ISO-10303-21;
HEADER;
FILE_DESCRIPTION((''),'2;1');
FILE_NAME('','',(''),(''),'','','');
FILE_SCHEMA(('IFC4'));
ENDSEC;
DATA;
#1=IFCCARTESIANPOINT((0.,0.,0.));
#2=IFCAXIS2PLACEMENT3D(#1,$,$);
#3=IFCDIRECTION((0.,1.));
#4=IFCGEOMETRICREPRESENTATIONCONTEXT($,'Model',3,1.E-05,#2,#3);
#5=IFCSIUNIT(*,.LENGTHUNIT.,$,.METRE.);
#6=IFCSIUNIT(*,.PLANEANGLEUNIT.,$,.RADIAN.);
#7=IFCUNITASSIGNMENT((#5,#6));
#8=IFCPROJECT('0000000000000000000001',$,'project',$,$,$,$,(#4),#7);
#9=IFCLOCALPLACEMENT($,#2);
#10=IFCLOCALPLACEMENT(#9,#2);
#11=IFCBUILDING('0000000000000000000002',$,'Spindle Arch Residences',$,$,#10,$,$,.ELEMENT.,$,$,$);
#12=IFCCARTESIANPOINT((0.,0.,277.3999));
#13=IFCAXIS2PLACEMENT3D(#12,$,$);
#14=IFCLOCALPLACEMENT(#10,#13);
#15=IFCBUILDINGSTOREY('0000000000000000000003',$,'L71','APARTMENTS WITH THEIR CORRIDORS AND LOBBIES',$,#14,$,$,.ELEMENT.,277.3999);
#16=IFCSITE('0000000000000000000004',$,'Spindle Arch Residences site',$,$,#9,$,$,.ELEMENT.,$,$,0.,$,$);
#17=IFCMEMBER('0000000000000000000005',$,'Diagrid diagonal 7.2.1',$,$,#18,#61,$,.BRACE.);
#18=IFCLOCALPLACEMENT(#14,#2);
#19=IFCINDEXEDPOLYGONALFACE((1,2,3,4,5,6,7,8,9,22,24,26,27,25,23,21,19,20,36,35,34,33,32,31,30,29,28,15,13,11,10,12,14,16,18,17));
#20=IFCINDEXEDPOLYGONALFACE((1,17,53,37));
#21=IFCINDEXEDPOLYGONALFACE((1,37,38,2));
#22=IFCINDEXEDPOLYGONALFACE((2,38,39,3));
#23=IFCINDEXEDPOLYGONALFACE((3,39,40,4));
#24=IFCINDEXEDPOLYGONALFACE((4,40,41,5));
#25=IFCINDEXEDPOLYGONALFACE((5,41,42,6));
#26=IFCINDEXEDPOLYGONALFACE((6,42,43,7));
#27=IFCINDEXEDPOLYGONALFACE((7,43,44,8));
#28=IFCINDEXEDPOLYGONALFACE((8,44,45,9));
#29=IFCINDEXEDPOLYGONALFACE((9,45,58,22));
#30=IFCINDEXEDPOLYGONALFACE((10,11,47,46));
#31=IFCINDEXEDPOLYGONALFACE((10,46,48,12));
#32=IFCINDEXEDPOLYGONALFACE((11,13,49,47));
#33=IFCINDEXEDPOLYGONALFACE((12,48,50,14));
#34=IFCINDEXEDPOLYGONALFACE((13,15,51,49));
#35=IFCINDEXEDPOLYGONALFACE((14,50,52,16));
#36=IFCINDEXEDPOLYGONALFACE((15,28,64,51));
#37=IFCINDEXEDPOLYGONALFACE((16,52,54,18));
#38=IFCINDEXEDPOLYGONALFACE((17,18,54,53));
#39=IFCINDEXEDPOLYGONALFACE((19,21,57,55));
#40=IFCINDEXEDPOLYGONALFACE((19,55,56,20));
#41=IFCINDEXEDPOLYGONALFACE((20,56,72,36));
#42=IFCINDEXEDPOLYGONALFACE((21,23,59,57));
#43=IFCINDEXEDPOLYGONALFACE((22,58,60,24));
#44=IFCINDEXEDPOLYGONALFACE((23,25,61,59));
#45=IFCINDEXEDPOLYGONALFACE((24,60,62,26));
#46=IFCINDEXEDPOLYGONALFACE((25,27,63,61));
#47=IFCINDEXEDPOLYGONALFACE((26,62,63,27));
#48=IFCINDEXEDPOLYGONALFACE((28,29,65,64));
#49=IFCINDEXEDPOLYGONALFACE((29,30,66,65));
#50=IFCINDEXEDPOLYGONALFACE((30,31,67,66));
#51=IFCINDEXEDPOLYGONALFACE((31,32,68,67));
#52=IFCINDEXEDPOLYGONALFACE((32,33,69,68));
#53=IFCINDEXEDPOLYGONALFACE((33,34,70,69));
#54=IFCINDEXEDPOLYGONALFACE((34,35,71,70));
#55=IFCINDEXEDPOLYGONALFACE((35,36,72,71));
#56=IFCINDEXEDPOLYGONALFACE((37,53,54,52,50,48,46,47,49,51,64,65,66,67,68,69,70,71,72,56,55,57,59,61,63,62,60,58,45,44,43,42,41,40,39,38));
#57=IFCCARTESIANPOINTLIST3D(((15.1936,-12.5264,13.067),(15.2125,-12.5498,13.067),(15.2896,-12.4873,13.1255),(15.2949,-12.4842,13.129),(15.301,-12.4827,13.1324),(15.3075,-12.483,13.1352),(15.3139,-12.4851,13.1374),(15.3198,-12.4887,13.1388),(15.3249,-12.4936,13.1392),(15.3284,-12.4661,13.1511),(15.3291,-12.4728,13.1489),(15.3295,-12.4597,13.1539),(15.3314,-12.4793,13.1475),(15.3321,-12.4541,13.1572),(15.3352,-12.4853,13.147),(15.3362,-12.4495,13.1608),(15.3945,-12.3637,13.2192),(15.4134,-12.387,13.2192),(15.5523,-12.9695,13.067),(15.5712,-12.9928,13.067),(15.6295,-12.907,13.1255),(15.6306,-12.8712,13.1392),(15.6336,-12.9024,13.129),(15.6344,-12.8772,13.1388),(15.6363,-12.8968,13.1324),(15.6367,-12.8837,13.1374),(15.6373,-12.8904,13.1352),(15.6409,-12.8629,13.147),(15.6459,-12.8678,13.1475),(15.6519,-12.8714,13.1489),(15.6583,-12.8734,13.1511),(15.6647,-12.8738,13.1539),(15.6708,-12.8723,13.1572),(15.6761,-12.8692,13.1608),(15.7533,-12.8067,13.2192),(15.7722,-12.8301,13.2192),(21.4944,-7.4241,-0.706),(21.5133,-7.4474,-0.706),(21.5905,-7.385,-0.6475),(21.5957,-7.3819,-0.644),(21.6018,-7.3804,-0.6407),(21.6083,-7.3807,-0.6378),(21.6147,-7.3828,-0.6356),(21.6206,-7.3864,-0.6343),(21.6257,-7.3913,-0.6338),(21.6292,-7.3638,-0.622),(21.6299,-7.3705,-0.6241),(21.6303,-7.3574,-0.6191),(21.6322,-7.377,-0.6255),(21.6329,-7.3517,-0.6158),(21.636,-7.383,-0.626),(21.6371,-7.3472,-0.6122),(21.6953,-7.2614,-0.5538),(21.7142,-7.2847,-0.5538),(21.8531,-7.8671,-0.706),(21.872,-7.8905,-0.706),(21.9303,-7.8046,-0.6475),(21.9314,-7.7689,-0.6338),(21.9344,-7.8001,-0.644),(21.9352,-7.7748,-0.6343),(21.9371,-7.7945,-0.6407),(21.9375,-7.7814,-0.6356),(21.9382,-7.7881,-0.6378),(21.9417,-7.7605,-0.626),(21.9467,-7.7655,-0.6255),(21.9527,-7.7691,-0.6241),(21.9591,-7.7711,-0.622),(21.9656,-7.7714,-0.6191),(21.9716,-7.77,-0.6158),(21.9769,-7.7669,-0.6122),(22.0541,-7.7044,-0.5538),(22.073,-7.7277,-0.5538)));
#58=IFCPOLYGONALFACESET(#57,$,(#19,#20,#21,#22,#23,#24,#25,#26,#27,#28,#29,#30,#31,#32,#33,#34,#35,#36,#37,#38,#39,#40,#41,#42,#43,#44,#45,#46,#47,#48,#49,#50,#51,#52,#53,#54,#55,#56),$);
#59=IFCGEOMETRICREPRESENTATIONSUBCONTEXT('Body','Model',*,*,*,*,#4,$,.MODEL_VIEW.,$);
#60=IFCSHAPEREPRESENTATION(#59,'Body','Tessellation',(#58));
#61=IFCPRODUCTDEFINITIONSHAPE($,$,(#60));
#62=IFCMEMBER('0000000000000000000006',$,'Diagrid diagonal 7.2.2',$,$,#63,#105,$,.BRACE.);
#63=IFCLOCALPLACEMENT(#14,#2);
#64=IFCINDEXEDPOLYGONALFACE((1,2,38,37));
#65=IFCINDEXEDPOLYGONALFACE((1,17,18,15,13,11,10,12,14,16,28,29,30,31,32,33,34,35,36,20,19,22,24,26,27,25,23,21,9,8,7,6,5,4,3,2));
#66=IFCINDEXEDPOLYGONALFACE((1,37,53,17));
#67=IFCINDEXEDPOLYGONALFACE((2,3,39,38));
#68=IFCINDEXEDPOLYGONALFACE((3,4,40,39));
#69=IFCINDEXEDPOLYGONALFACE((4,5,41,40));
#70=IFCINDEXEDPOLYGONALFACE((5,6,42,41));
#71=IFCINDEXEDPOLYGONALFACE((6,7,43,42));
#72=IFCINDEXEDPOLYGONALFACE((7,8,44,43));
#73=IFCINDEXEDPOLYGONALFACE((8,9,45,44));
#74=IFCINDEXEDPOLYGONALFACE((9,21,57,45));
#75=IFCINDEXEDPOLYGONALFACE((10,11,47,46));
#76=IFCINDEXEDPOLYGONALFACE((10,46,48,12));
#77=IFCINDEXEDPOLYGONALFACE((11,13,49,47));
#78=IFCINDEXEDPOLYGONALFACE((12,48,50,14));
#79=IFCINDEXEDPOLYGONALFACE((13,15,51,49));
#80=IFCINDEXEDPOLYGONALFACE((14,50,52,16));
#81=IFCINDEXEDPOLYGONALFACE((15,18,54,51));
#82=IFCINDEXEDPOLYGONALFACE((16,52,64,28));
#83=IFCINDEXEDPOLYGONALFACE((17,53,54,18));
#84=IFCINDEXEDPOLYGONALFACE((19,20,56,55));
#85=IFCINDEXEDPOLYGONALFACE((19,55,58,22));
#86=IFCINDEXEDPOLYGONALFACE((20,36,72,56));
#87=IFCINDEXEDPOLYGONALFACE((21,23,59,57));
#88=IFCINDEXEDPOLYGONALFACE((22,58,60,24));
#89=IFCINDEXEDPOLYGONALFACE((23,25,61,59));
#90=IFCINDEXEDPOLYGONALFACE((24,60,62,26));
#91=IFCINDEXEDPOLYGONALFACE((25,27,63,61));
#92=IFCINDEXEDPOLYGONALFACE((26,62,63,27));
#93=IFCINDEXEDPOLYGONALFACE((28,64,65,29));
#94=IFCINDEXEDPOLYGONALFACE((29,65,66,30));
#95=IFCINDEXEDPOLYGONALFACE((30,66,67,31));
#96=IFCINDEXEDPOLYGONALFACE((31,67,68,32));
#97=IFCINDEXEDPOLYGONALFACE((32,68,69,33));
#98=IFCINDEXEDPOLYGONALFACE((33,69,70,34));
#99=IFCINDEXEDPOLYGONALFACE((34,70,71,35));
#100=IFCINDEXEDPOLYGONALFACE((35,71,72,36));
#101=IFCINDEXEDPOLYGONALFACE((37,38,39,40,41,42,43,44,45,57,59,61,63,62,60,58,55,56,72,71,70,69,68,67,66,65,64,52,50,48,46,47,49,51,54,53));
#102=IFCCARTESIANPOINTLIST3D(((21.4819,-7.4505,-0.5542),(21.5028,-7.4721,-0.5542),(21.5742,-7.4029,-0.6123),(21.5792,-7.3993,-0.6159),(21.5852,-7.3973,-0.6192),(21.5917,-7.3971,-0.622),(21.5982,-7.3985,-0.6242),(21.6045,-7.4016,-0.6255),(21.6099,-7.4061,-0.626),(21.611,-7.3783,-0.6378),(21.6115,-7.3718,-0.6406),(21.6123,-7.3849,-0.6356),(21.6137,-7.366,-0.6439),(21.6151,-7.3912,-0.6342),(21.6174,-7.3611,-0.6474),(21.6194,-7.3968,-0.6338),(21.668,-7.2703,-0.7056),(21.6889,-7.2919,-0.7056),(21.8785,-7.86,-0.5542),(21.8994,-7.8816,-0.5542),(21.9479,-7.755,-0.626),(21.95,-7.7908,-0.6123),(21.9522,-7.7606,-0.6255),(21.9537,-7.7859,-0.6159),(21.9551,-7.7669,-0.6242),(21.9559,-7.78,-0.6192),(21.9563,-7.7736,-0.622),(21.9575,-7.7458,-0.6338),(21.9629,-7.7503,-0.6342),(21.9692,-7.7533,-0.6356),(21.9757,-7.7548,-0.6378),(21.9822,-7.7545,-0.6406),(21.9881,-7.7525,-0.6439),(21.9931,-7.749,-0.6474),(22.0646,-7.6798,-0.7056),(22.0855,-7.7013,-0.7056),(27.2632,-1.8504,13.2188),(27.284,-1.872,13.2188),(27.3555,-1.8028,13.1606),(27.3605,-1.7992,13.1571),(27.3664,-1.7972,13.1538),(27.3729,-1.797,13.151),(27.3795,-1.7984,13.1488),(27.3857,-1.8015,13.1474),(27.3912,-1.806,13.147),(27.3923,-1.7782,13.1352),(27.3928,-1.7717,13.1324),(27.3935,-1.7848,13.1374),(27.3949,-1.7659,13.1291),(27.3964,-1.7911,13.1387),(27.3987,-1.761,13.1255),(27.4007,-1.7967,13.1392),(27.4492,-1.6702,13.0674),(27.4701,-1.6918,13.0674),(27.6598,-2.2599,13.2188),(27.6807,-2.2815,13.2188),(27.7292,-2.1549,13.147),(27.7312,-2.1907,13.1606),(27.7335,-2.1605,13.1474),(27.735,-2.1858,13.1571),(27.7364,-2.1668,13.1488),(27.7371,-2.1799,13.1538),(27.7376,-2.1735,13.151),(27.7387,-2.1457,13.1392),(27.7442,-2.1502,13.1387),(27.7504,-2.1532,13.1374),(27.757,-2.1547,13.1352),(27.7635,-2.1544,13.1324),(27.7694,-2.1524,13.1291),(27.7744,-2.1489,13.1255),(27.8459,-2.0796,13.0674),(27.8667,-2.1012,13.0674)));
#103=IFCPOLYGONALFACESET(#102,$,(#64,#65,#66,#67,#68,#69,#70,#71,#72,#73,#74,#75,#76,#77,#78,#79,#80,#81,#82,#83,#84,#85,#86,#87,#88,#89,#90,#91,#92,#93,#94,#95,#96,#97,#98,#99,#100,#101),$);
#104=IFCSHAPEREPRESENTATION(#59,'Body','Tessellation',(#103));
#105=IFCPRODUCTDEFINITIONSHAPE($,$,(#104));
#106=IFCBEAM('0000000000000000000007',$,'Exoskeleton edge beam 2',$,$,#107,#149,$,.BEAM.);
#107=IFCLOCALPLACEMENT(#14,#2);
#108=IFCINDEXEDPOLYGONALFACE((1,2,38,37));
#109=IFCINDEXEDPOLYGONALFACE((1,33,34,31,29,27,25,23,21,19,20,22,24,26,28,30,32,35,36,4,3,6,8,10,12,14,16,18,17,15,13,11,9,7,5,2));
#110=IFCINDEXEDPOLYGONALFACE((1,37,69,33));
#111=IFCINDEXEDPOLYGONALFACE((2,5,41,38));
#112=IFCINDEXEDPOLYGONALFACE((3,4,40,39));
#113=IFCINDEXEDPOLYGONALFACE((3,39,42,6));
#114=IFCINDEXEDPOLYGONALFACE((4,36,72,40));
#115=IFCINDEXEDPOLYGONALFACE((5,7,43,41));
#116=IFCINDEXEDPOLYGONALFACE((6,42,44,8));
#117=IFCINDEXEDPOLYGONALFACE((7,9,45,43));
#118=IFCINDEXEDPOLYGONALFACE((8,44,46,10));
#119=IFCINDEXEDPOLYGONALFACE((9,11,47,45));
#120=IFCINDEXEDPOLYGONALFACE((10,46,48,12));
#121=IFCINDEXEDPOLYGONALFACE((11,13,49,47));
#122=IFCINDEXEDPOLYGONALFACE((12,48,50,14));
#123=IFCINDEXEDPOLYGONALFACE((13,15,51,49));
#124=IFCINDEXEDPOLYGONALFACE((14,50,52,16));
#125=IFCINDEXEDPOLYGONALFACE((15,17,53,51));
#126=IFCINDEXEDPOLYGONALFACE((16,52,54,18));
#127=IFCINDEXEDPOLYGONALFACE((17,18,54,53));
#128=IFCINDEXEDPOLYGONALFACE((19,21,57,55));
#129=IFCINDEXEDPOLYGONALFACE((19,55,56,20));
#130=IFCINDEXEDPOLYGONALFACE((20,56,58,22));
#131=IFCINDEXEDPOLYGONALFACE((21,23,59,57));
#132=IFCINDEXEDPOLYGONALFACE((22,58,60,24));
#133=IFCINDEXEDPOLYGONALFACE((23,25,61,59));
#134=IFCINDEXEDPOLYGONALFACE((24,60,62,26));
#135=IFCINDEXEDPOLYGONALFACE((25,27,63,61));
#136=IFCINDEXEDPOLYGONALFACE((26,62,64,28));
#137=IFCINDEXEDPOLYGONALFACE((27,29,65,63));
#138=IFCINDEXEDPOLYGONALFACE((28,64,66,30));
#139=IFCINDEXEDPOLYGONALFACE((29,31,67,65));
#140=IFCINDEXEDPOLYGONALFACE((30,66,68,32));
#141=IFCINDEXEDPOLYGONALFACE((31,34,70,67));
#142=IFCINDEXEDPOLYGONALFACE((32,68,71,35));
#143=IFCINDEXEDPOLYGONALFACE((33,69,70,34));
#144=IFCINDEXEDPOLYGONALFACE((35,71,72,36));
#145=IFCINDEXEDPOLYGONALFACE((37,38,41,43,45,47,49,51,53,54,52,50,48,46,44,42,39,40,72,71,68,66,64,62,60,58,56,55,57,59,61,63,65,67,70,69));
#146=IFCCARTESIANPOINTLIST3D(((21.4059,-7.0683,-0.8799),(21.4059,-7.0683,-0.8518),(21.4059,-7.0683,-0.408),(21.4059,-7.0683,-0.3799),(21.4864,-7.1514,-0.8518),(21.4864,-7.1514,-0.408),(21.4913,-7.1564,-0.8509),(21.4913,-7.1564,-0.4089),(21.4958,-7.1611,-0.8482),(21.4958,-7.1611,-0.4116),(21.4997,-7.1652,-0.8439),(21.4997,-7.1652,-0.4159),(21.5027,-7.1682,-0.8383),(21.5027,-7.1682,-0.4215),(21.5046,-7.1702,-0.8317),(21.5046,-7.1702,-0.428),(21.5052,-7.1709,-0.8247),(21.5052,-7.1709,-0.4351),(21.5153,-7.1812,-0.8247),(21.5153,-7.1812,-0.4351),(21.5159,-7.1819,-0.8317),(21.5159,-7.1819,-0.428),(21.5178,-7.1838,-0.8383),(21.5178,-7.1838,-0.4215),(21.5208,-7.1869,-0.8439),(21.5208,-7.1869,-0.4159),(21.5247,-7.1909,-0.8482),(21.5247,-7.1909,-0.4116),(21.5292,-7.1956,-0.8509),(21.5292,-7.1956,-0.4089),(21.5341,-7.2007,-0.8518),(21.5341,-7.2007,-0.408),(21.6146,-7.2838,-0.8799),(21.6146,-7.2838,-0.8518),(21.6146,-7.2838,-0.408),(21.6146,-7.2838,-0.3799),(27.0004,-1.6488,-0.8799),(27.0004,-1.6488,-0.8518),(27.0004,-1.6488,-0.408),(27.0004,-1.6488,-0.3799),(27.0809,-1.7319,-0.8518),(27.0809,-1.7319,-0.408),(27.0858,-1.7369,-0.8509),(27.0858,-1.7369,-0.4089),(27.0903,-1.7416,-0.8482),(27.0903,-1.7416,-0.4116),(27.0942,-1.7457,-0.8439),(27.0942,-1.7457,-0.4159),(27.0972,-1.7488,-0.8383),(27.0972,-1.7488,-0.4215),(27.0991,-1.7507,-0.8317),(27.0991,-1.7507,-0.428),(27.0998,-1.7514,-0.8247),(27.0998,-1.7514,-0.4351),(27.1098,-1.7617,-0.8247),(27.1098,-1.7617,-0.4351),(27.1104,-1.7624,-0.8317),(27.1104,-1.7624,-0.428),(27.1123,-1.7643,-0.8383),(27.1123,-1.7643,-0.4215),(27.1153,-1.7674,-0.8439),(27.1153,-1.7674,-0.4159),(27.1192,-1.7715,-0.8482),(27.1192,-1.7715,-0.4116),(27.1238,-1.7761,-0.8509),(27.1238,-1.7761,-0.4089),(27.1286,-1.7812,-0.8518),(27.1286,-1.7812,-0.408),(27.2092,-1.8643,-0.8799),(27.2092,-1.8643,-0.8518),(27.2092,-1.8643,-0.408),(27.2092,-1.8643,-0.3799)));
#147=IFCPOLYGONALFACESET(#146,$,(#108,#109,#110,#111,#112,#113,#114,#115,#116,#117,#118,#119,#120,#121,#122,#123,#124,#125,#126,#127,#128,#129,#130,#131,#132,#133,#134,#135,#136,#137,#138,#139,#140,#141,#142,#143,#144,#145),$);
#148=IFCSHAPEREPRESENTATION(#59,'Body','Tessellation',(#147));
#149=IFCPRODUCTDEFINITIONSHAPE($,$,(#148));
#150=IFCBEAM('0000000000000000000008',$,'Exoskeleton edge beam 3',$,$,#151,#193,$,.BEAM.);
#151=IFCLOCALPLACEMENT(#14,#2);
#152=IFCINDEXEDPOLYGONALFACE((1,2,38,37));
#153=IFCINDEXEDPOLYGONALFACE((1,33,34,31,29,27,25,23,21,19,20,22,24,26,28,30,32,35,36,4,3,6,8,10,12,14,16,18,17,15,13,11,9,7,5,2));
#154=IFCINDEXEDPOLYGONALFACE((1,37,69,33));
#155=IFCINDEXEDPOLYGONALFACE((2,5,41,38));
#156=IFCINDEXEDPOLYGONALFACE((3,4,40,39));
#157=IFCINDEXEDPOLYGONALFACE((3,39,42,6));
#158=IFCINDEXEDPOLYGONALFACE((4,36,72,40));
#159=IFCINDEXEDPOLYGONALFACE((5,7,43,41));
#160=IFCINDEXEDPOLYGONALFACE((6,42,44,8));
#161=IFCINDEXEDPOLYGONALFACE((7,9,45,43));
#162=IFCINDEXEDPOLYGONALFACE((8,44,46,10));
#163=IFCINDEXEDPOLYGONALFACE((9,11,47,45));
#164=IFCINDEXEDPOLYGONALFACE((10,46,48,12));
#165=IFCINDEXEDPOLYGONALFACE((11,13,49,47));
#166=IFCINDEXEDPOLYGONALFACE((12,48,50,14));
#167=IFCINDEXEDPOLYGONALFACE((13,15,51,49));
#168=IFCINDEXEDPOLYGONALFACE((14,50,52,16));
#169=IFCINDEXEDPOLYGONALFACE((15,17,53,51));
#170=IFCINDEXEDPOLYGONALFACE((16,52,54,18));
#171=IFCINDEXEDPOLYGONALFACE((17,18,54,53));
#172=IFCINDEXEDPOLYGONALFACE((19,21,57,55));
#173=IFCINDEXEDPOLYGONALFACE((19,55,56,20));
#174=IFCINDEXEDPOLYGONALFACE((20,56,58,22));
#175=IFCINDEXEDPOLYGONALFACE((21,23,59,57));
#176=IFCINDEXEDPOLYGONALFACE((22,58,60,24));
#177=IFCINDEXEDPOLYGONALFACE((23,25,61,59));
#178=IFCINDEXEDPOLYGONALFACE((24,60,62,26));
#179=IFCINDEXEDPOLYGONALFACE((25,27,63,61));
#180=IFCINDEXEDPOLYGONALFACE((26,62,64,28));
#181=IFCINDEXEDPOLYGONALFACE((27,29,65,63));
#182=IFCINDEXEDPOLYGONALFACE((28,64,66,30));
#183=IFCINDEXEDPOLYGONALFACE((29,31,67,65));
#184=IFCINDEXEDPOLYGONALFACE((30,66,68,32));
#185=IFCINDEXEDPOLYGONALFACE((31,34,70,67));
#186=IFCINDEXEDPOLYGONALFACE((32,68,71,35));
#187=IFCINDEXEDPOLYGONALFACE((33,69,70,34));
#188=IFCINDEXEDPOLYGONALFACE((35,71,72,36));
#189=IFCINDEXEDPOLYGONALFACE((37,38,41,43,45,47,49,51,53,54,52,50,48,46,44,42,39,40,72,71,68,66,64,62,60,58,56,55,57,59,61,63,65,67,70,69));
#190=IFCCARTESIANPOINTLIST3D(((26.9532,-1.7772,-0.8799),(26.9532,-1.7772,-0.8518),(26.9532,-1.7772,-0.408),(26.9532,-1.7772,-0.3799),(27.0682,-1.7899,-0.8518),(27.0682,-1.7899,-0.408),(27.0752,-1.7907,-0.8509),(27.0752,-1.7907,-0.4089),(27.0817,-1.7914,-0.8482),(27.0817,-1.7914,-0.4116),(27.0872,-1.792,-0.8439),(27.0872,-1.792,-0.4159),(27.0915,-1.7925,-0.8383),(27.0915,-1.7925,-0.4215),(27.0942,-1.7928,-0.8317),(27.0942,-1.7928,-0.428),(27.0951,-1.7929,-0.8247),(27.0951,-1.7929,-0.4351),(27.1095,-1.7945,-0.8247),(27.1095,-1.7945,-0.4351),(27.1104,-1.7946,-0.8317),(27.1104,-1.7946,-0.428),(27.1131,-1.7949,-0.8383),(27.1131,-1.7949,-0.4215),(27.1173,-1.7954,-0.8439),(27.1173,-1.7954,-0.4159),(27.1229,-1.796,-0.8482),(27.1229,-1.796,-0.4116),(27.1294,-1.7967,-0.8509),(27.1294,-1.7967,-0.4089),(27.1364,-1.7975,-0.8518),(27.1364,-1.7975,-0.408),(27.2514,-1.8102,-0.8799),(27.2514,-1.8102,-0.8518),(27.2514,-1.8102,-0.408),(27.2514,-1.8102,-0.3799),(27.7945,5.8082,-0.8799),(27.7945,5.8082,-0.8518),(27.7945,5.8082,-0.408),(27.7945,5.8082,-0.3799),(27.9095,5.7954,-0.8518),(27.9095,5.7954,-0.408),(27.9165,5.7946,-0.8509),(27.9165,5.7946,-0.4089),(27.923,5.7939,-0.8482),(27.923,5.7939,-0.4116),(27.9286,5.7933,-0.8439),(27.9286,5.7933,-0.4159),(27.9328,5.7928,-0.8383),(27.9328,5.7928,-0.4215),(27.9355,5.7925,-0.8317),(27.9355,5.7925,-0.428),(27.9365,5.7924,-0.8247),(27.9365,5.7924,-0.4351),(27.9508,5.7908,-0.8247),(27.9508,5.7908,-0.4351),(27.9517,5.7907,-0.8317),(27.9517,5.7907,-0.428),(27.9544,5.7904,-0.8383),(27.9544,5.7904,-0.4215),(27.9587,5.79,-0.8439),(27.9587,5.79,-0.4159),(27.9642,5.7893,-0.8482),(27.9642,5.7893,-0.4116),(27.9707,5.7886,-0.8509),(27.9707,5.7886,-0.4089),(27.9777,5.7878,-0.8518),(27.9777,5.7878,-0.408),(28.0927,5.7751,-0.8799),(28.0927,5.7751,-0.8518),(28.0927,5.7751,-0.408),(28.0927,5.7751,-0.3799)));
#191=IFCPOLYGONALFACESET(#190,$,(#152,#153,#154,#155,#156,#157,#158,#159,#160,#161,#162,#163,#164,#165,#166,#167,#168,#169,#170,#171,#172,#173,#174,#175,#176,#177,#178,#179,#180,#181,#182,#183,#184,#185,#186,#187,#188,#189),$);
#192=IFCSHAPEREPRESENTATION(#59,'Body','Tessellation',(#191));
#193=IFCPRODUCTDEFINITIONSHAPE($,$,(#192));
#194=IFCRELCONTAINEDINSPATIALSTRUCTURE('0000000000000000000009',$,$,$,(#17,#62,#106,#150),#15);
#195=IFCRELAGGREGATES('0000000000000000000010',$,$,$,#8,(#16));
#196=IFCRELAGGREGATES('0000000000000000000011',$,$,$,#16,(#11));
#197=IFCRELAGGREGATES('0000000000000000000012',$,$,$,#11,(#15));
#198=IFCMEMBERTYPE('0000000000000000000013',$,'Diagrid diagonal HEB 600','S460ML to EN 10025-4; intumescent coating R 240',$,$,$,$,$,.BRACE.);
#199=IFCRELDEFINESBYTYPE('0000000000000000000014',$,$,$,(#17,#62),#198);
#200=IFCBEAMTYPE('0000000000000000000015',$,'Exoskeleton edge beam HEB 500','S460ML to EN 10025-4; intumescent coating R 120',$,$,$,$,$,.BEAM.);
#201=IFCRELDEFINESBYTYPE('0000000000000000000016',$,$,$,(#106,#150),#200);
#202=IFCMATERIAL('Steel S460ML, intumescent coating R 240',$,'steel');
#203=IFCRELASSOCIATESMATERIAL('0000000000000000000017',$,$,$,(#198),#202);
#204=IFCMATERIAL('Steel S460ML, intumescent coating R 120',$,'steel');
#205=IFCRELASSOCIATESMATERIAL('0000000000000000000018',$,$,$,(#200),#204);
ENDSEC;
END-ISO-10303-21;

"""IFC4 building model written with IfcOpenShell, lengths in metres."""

from ifc_helpers import new_model, si_unit, direction, frame, origin, origin_2d, place, context, subcontext, project, spatial, i_section, extrude, material, material_profile, profile_set, type_object, element, save


model = new_model("IFC4")

# Units and contexts
model_context = context("Model", 3, precision=1e-05, world=origin(), true_north=direction((0.0, 1.0)))
body_context = subcontext(model_context, "Body", "Model", "MODEL_VIEW")
ifc_project = project(units=[si_unit("LENGTHUNIT", "METRE"), si_unit("PLANEANGLEUNIT", "RADIAN")], contexts=[model_context])

# Site, building, storey
site_placement = place(None, origin())
site = spatial("IfcSite", under=ifc_project, at=site_placement, Name="Spindle Arch Residences site", CompositionType="ELEMENT", RefElevation=0.0)
building_placement = place(site_placement, origin())
building = spatial("IfcBuilding", under=site, at=building_placement, Name="Spindle Arch Residences", CompositionType="ELEMENT")
storey_placement = place(building_placement, frame((0.0, 0.0, 277.3999)))
storey = spatial("IfcBuildingStorey", under=building, at=storey_placement, Name="L71", Description="APARTMENTS WITH THEIR CORRIDORS AND LOBBIES", CompositionType="ELEMENT", Elevation=277.3999)

# Members
ifc_material_1 = material(Name="Steel S460ML, intumescent coating R 240", Category="steel")
ifc_material_profile_1 = material_profile(ifc_material_1, i_section(OverallWidth=0.3, OverallDepth=0.6001, WebThickness=0.0154, FlangeThickness=0.03, FilletRadius=0.0271, at=origin_2d()), Name="HEB 600")
ifc_profile_set_1 = profile_set([ifc_material_profile_1], Name="Steel S460ML, intumescent coating R 240")
member_type_1 = type_object("IfcMemberType", Name="Diagrid diagonal HEB 600", Description="S460ML to EN 10025-4; intumescent coating R 240", PredefinedType="BRACE", material=ifc_profile_set_1)
member_1_placement = place(storey_placement, frame((21.7837, -7.5759, -0.6299), z_axis=(-0.39424, -0.319251, 0.861774), x_axis=(0.669723, 0.542333, 0.507293)))
element("IfcMember", 1, at=member_1_placement, inside=storey, type_object=member_type_1, Name="Diagrid diagonal 7.2.1", PredefinedType="BRACE", context=body_context, shape_type="SweptSolid", body=[
    extrude(i_section(OverallWidth=0.3, OverallDepth=0.6001, WebThickness=0.0154, FlangeThickness=0.03, FilletRadius=0.0271, at=origin_2d()), origin(), (0.0, 0.0, 1.0), 15.9822),
])
member_2_placement = place(storey_placement, frame((21.7837, -7.5759, -0.6299), z_axis=(0.362407, 0.351051, 0.86338), x_axis=(-0.62014, -0.600708, 0.504555)))
element("IfcMember", 2, at=member_2_placement, inside=storey, type_object=member_type_1, Name="Diagrid diagonal 7.2.2", PredefinedType="BRACE", context=body_context, shape_type="SweptSolid", body=[
    extrude(i_section(OverallWidth=0.3, OverallDepth=0.6001, WebThickness=0.0154, FlangeThickness=0.03, FilletRadius=0.0271, at=origin_2d()), origin(), (0.0, 0.0, 1.0), 15.9524),
])

# Beams
ifc_material_2 = material(Name="Steel S460ML, intumescent coating R 120", Category="steel")
ifc_material_profile_2 = material_profile(ifc_material_2, i_section(OverallWidth=0.3, OverallDepth=0.5, WebThickness=0.0144, FlangeThickness=0.0281, FilletRadius=0.0271, at=origin_2d()), Name="HEB 500")
ifc_profile_set_2 = profile_set([ifc_material_profile_2], Name="Steel S460ML, intumescent coating R 120")
beam_type_1 = type_object("IfcBeamType", Name="Exoskeleton edge beam HEB 500", Description="S460ML to EN 10025-4; intumescent coating R 120", PredefinedType="BEAM", material=ifc_profile_set_2)
beam_1_placement = place(storey_placement, frame((21.5103, -7.176, -0.6299), z_axis=(0.718254, 0.695781, 0.0), x_axis=(-0.695781, 0.718254, 0.0)))
element("IfcBeam", 3, at=beam_1_placement, inside=storey, type_object=beam_type_1, Name="Exoskeleton edge beam 2", PredefinedType="BEAM", context=body_context, shape_type="SweptSolid", body=[
    extrude(i_section(OverallWidth=0.3, OverallDepth=0.5, WebThickness=0.0144, FlangeThickness=0.0281, FilletRadius=0.0271, at=origin_2d()), origin(), (0.0, 0.0, 1.0), 7.7891),
])
beam_2_placement = place(storey_placement, frame((27.1023, -1.7937, -0.6299), z_axis=(0.110238, 0.993905, 0.0), x_axis=(-0.993905, 0.110238, 0.0)))
element("IfcBeam", 4, at=beam_2_placement, inside=storey, type_object=beam_type_1, Name="Exoskeleton edge beam 3", PredefinedType="BEAM", context=body_context, shape_type="SweptSolid", body=[
    extrude(i_section(OverallWidth=0.3, OverallDepth=0.5, WebThickness=0.0144, FlangeThickness=0.0281, FilletRadius=0.0271, at=origin_2d()), origin(), (0.0, 0.0, 1.0), 7.6318),
])

save(model, "model.ifc")
